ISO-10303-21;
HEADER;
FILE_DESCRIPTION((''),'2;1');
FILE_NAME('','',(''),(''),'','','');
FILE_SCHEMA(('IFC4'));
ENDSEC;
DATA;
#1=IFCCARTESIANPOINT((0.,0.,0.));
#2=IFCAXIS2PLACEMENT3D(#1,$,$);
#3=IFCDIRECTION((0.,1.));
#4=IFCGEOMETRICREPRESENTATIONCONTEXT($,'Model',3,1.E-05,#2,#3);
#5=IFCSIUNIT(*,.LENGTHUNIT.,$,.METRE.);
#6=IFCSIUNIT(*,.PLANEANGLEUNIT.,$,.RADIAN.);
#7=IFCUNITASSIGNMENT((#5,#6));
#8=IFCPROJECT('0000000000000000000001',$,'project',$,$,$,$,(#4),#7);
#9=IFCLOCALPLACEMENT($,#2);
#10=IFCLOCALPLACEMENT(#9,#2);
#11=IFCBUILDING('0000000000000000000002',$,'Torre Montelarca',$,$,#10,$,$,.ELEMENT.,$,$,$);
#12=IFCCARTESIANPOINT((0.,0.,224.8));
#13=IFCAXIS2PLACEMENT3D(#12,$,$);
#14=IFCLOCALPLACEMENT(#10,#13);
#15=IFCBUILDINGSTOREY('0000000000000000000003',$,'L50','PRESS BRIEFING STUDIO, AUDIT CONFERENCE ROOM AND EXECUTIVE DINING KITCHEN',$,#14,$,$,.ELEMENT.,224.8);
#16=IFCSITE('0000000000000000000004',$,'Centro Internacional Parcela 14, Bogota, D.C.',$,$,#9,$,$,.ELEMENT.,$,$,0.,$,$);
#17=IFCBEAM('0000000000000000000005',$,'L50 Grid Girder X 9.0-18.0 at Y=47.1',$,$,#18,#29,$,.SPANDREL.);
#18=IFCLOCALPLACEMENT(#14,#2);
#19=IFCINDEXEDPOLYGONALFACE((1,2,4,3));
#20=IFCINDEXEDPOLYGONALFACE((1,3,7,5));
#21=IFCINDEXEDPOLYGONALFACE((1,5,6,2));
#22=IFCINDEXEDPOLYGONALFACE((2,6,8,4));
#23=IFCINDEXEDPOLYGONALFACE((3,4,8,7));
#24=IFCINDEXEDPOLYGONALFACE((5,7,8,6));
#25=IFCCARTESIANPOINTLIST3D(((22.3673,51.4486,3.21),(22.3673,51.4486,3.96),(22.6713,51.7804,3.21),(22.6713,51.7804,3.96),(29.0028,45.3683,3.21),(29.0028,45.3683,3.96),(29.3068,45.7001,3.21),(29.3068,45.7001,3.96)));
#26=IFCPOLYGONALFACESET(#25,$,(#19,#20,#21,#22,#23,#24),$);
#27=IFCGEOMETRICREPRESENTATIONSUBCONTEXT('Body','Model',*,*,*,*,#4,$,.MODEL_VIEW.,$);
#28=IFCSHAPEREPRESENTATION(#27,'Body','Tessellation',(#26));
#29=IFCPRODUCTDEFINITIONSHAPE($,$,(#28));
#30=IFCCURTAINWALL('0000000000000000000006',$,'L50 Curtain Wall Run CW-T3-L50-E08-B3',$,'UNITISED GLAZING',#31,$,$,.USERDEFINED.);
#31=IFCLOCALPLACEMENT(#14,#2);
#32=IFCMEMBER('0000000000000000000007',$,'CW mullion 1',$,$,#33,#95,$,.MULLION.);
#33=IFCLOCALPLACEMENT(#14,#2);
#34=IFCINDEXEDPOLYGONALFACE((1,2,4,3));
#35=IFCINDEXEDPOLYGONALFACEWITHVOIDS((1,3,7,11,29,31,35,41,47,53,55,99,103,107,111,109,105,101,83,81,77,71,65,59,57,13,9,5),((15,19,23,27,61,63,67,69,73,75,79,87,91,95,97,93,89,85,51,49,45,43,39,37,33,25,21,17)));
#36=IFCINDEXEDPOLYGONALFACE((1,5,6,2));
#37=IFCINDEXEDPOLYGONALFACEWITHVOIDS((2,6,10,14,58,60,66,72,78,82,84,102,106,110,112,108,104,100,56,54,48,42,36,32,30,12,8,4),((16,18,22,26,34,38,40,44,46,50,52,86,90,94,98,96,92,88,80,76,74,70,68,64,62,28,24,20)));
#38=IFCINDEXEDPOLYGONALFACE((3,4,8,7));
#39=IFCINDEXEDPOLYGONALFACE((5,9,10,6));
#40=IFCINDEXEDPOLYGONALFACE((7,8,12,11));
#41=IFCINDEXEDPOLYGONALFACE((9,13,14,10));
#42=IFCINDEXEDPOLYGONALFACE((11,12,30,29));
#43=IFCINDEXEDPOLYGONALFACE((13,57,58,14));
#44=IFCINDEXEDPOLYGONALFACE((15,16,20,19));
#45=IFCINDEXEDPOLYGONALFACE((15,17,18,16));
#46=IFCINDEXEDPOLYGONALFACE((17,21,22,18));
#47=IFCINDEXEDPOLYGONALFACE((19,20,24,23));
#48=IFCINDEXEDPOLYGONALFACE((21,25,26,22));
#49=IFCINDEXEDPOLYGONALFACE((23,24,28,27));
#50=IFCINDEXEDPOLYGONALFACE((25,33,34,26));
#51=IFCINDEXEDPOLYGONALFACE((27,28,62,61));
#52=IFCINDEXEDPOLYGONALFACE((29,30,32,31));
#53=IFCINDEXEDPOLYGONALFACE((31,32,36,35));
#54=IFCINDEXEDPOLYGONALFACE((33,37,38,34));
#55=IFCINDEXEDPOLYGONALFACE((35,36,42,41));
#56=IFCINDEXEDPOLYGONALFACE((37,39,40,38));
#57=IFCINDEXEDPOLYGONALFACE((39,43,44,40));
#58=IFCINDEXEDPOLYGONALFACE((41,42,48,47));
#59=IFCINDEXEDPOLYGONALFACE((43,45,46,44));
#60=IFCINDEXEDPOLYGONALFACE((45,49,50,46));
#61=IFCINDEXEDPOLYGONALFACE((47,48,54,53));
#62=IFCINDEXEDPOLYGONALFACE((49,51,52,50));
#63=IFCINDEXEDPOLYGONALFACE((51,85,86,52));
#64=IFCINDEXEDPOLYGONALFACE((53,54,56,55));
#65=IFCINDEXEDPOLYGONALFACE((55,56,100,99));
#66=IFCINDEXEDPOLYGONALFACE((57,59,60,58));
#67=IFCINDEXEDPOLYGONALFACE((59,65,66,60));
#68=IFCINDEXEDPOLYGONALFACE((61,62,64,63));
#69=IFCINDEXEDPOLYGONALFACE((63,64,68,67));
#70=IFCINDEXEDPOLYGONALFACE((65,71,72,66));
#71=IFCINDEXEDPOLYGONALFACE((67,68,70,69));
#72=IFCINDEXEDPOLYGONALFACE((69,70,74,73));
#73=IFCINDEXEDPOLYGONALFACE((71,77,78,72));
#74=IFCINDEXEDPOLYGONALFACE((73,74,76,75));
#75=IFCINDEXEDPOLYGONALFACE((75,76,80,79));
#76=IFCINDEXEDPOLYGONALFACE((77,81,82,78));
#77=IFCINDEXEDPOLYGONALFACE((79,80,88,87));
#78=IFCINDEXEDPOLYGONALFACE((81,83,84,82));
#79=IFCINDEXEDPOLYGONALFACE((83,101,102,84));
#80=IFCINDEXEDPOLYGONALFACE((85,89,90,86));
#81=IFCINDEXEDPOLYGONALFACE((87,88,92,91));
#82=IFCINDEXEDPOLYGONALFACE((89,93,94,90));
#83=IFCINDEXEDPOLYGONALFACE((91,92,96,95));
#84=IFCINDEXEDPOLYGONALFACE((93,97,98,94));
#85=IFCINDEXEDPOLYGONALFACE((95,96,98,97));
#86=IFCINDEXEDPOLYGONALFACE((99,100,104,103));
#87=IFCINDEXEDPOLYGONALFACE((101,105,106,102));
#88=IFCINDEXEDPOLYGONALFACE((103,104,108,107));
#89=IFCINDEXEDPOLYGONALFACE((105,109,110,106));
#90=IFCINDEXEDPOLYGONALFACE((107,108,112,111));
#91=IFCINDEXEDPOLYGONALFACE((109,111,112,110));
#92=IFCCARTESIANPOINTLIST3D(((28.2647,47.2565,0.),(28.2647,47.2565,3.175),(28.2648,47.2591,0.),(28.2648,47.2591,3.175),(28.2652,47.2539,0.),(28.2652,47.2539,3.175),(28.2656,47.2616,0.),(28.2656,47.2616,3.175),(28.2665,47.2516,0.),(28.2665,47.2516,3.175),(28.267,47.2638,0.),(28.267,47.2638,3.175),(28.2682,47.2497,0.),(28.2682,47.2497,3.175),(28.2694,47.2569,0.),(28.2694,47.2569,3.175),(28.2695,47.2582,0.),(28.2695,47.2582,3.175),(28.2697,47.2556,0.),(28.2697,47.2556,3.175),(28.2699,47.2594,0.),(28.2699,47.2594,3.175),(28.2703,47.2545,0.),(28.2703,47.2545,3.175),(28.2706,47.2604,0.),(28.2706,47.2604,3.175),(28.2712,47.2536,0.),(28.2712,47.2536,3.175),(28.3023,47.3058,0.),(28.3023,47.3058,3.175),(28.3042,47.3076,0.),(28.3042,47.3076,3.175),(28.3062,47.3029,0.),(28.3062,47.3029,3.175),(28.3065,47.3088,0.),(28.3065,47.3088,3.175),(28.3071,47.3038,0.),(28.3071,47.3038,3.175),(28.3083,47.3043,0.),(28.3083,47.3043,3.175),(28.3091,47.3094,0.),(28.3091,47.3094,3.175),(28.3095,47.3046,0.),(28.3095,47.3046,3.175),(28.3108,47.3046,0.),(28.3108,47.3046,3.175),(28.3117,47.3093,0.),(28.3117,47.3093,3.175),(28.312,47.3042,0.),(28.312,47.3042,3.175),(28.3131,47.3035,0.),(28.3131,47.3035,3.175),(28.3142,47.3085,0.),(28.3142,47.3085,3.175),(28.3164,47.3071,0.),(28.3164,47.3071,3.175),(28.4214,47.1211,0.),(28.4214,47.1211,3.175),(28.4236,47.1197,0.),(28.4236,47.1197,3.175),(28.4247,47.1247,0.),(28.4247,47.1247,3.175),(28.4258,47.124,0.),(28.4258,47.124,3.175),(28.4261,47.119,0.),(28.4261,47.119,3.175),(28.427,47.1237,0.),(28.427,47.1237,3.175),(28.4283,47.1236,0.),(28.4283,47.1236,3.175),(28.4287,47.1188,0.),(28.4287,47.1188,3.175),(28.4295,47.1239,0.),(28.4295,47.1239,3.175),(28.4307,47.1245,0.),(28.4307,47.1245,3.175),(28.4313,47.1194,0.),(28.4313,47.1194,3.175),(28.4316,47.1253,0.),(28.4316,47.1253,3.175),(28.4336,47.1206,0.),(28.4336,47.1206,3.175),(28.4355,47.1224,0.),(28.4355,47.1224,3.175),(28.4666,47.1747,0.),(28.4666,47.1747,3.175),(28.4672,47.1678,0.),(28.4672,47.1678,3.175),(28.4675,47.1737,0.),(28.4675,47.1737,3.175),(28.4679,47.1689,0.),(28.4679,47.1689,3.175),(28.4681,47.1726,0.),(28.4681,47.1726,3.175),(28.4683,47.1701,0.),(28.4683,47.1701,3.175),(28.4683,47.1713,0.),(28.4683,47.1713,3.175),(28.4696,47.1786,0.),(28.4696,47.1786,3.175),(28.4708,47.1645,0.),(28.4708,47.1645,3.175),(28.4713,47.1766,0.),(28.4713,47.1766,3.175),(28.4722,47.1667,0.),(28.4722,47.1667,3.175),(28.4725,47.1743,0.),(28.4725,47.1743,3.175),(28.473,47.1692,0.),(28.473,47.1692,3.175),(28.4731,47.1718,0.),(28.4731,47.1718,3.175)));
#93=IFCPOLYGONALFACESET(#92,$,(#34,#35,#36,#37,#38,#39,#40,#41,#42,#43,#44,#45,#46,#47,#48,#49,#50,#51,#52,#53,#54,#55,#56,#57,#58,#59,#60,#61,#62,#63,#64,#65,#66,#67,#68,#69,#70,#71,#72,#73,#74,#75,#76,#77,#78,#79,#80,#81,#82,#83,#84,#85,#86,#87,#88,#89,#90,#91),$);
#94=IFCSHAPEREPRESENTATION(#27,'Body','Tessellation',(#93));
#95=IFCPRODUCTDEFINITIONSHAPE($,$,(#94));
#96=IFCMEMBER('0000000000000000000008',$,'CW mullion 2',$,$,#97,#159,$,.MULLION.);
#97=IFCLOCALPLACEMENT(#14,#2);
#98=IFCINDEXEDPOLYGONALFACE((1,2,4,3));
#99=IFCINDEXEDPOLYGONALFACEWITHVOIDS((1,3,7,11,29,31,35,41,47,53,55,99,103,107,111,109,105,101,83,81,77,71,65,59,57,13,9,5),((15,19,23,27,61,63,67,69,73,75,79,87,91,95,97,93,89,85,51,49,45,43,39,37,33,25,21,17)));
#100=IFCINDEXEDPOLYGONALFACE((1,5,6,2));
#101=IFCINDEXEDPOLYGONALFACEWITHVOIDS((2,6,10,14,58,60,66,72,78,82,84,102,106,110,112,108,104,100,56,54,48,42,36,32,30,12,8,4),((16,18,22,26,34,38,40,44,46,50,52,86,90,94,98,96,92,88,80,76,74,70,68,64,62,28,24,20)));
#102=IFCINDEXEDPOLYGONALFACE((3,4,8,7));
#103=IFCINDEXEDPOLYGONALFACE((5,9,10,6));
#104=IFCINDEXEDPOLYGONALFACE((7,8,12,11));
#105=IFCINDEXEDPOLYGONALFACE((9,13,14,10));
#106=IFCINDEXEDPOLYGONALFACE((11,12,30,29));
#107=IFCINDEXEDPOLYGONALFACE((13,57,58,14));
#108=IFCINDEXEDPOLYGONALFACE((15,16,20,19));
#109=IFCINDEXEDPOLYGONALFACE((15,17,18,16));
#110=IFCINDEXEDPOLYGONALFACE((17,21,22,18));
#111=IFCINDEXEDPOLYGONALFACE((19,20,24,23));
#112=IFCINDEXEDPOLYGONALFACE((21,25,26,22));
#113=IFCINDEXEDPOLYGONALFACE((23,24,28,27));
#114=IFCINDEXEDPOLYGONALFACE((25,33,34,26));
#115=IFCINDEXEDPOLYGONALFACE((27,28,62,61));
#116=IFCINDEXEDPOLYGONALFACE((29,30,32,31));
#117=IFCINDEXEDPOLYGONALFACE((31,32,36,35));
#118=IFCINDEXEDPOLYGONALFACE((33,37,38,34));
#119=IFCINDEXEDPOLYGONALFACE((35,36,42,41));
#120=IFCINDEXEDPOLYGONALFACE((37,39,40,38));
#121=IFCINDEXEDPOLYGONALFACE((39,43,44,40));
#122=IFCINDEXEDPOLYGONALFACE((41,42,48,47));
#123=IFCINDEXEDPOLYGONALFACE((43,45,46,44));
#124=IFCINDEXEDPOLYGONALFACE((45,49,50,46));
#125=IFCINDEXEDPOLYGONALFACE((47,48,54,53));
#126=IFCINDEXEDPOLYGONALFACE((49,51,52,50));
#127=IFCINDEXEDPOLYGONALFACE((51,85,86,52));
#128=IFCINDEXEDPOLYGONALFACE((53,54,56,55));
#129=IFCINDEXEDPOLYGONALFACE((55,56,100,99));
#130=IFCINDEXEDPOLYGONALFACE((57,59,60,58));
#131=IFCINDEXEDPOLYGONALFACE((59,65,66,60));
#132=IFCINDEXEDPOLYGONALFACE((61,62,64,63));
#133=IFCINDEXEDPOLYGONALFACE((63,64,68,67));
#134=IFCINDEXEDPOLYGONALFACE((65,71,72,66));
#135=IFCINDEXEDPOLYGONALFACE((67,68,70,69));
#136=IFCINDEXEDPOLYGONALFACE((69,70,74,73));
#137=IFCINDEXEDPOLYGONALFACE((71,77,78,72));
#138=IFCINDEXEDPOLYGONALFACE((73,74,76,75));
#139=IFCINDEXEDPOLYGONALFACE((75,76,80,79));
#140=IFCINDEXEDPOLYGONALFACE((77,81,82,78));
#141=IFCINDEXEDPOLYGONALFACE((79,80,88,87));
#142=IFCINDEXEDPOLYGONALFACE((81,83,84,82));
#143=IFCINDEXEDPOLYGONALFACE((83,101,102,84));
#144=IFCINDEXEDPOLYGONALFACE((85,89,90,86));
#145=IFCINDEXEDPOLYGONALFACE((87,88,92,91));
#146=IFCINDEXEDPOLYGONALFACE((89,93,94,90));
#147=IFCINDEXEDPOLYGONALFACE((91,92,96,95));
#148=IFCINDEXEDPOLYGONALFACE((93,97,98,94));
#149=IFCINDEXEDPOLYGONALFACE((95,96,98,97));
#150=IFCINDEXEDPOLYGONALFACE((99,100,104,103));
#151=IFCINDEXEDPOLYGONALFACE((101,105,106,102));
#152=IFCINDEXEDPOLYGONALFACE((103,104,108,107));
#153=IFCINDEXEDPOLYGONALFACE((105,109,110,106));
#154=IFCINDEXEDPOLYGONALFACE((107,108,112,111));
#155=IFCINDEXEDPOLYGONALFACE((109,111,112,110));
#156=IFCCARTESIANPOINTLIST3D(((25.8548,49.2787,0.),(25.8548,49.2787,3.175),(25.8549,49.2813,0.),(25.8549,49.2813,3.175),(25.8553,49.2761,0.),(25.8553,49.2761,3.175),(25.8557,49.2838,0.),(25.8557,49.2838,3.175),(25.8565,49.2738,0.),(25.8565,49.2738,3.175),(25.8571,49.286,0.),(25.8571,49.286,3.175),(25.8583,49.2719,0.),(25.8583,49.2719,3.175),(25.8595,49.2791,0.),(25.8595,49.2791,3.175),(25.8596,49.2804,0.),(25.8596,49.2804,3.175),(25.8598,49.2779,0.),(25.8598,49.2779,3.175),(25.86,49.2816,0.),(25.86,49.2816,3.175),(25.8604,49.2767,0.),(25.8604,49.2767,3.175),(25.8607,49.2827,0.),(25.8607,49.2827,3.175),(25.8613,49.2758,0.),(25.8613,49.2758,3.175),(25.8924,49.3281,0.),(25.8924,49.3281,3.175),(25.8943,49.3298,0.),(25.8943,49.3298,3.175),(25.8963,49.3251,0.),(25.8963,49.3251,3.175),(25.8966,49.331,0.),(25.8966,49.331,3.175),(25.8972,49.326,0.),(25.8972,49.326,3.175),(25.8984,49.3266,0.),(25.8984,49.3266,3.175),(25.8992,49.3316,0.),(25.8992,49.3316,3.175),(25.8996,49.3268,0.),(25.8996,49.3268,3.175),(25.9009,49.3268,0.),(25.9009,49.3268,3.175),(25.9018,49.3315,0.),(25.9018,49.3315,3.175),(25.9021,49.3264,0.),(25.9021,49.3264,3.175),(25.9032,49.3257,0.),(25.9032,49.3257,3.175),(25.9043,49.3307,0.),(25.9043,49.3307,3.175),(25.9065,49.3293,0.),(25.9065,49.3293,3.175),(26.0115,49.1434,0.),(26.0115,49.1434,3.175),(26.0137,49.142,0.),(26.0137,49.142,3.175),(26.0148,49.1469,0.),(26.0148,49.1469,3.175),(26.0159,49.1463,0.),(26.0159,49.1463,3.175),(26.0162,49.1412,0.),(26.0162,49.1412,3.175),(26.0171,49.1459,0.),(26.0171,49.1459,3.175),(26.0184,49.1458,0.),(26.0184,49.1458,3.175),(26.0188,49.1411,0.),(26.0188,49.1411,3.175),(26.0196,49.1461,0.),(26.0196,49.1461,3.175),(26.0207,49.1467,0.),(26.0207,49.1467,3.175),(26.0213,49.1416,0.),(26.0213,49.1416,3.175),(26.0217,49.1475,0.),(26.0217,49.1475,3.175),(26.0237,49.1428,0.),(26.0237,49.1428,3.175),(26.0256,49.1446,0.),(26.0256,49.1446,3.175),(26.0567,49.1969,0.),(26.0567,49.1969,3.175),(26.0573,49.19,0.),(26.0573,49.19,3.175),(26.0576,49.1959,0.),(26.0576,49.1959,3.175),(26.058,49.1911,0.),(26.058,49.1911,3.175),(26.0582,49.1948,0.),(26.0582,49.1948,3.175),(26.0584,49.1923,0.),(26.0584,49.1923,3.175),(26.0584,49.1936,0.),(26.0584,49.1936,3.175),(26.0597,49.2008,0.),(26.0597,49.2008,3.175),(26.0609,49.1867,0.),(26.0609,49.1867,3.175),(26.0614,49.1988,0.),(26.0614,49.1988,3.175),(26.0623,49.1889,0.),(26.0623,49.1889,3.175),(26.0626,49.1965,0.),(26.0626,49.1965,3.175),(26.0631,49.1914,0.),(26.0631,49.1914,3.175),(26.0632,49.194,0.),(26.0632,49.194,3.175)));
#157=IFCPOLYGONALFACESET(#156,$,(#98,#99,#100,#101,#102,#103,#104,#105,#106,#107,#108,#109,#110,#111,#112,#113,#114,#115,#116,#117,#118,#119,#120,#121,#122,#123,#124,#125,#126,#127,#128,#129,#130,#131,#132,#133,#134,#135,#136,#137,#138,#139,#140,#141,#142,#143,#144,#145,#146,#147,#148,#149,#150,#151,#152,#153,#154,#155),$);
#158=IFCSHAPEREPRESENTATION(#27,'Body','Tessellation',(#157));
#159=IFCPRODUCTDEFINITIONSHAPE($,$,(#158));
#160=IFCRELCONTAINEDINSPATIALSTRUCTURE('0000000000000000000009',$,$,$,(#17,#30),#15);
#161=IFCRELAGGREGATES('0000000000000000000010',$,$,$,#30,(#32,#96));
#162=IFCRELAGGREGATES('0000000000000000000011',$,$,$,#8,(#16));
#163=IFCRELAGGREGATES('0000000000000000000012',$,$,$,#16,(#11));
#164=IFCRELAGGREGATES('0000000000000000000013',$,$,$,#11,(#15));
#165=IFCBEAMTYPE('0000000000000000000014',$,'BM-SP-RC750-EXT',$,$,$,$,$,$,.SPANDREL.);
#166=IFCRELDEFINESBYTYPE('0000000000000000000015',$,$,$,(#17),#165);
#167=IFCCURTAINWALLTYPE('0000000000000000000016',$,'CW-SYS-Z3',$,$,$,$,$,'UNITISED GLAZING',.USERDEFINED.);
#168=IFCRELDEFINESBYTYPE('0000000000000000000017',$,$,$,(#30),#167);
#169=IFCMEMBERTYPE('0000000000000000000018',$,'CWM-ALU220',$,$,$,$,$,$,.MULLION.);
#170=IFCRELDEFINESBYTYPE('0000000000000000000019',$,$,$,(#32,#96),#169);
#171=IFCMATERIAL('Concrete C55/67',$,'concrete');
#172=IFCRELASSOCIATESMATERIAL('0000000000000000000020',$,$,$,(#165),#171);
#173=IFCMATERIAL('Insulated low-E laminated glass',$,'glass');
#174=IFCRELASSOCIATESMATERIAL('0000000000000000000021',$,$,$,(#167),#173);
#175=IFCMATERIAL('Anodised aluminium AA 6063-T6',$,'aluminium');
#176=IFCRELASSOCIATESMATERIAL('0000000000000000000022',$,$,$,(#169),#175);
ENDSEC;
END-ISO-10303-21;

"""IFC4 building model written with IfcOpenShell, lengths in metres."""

from ifc_helpers import new_model, si_unit, direction, frame, origin, origin_2d, place, context, subcontext, project, spatial, rectangle, hollow_rectangle, extrude, source, transform, mapped, material, material_profile, profile_set, type_object, element, aggregate, save


model = new_model("IFC4")

# Units and contexts
model_context = context("Model", 3, precision=1e-05, world=origin(), true_north=direction((0.0, 1.0)))
body_context = subcontext(model_context, "Body", "Model", "MODEL_VIEW")
ifc_project = project(units=[si_unit("LENGTHUNIT", "METRE"), si_unit("PLANEANGLEUNIT", "RADIAN")], contexts=[model_context])

# Site, building, storey
site_placement = place(None, origin())
site = spatial("IfcSite", under=ifc_project, at=site_placement, Name="Centro Internacional Parcela 14, Bogota, D.C.", CompositionType="ELEMENT", RefElevation=0.0)
building_placement = place(site_placement, origin())
building = spatial("IfcBuilding", under=site, at=building_placement, Name="Torre Montelarca", CompositionType="ELEMENT")
storey_placement = place(building_placement, frame((0.0, 0.0, 224.8)))
storey = spatial("IfcBuildingStorey", under=building, at=storey_placement, Name="L50", Description="PRESS BRIEFING STUDIO, AUDIT CONFERENCE ROOM AND EXECUTIVE DINING KITCHEN", CompositionType="ELEMENT", Elevation=224.8)

# Shared definitions
ifc_material_1 = material(Name="Concrete C55/67", Category="concrete")

# Beam
ifc_material_profile_1 = material_profile(ifc_material_1, rectangle(XDim=0.45, YDim=0.75, at=origin_2d()), Name="RCB450X750", Category="concrete")
ifc_profile_set_1 = profile_set([ifc_material_profile_1], Name="Concrete C55/67")
beam_type = type_object("IfcBeamType", Name="BM-SP-RC750-EXT", PredefinedType="SPANDREL", material=ifc_profile_set_1)
shared_shape_1 = source(origin(), body_context, "Body", "SweptSolid", [
    extrude(rectangle(XDim=0.45, YDim=0.75, at=origin_2d()), origin(), (0.0, 0.0, 1.0), 9.0),
])
beam_placement = place(storey_placement, frame((22.5193, 51.6145, 3.585), z_axis=(0.737277, -0.675591, 0.0), x_axis=(0.675591, 0.737277, 0.0)))
element("IfcBeam", 1, at=beam_placement, inside=storey, type_object=beam_type, Name="L50 Grid Girder X 9.0-18.0 at Y=47.1", PredefinedType="SPANDREL", context=body_context, shape_type="MappedRepresentation", body=[
    mapped(shared_shape_1, transform((0.0, 0.0, 0.0), scale=1.0)),
])

# Curtain wall, members
ifc_material_2 = material(Name="Insulated low-E laminated glass", Category="glass")
curtain_wall_type = type_object("IfcCurtainWallType", Name="CW-SYS-Z3", ElementType="UNITISED GLAZING", PredefinedType="USERDEFINED", material=ifc_material_2)
curtain_wall_placement = place(storey_placement, origin())
curtain_wall = element("IfcCurtainWall", 2, at=curtain_wall_placement, inside=storey, type_object=curtain_wall_type, Name="L50 Curtain Wall Run CW-T3-L50-E08-B3", ObjectType="UNITISED GLAZING", PredefinedType="USERDEFINED")
ifc_material_3 = material(Name="Anodised aluminium AA 6063-T6", Category="aluminium")
ifc_material_profile_2 = material_profile(ifc_material_3, hollow_rectangle(XDim=0.075, YDim=0.22, WallThickness=0.0049, InnerFilletRadius=0.0049, OuterFilletRadius=0.01, at=origin_2d()), Name="ALU75X220X5", Category="aluminium")
ifc_profile_set_2 = profile_set([ifc_material_profile_2], Name="Anodised aluminium AA 6063-T6")
member_type_1 = type_object("IfcMemberType", Name="CWM-ALU220", PredefinedType="MULLION", material=ifc_profile_set_2)
shared_shape_2 = source(origin(), body_context, "Body", "SweptSolid", [
    extrude(hollow_rectangle(XDim=0.075, YDim=0.22, WallThickness=0.0049, InnerFilletRadius=0.0049, OuterFilletRadius=0.01, at=origin_2d()), origin(), (0.0, 0.0, 1.0), 3.175),
])
member_1_placement = place(storey_placement, frame((28.3689, 47.2141, 0.0), z_axis=(0.0, 0.0, 1.0), x_axis=(-0.642788, -0.766044, 0.0)))
member_1 = element("IfcMember", 3, at=member_1_placement, type_object=member_type_1, Name="CW mullion 1", PredefinedType="MULLION", context=body_context, shape_type="MappedRepresentation", body=[
    mapped(shared_shape_2, transform((0.0, 0.0, 0.0), scale=1.0)),
])
member_2_placement = place(storey_placement, frame((25.959, 49.2363, 0.0), z_axis=(0.0, 0.0, 1.0), x_axis=(-0.642788, -0.766044, 0.0)))
member_2 = element("IfcMember", 4, at=member_2_placement, type_object=member_type_1, Name="CW mullion 2", PredefinedType="MULLION", context=body_context, shape_type="MappedRepresentation", body=[
    mapped(shared_shape_2, transform((0.0, 0.0, 0.0), scale=1.0)),
])
aggregate(curtain_wall, [member_1, member_2])

save(model, "model.ifc")
